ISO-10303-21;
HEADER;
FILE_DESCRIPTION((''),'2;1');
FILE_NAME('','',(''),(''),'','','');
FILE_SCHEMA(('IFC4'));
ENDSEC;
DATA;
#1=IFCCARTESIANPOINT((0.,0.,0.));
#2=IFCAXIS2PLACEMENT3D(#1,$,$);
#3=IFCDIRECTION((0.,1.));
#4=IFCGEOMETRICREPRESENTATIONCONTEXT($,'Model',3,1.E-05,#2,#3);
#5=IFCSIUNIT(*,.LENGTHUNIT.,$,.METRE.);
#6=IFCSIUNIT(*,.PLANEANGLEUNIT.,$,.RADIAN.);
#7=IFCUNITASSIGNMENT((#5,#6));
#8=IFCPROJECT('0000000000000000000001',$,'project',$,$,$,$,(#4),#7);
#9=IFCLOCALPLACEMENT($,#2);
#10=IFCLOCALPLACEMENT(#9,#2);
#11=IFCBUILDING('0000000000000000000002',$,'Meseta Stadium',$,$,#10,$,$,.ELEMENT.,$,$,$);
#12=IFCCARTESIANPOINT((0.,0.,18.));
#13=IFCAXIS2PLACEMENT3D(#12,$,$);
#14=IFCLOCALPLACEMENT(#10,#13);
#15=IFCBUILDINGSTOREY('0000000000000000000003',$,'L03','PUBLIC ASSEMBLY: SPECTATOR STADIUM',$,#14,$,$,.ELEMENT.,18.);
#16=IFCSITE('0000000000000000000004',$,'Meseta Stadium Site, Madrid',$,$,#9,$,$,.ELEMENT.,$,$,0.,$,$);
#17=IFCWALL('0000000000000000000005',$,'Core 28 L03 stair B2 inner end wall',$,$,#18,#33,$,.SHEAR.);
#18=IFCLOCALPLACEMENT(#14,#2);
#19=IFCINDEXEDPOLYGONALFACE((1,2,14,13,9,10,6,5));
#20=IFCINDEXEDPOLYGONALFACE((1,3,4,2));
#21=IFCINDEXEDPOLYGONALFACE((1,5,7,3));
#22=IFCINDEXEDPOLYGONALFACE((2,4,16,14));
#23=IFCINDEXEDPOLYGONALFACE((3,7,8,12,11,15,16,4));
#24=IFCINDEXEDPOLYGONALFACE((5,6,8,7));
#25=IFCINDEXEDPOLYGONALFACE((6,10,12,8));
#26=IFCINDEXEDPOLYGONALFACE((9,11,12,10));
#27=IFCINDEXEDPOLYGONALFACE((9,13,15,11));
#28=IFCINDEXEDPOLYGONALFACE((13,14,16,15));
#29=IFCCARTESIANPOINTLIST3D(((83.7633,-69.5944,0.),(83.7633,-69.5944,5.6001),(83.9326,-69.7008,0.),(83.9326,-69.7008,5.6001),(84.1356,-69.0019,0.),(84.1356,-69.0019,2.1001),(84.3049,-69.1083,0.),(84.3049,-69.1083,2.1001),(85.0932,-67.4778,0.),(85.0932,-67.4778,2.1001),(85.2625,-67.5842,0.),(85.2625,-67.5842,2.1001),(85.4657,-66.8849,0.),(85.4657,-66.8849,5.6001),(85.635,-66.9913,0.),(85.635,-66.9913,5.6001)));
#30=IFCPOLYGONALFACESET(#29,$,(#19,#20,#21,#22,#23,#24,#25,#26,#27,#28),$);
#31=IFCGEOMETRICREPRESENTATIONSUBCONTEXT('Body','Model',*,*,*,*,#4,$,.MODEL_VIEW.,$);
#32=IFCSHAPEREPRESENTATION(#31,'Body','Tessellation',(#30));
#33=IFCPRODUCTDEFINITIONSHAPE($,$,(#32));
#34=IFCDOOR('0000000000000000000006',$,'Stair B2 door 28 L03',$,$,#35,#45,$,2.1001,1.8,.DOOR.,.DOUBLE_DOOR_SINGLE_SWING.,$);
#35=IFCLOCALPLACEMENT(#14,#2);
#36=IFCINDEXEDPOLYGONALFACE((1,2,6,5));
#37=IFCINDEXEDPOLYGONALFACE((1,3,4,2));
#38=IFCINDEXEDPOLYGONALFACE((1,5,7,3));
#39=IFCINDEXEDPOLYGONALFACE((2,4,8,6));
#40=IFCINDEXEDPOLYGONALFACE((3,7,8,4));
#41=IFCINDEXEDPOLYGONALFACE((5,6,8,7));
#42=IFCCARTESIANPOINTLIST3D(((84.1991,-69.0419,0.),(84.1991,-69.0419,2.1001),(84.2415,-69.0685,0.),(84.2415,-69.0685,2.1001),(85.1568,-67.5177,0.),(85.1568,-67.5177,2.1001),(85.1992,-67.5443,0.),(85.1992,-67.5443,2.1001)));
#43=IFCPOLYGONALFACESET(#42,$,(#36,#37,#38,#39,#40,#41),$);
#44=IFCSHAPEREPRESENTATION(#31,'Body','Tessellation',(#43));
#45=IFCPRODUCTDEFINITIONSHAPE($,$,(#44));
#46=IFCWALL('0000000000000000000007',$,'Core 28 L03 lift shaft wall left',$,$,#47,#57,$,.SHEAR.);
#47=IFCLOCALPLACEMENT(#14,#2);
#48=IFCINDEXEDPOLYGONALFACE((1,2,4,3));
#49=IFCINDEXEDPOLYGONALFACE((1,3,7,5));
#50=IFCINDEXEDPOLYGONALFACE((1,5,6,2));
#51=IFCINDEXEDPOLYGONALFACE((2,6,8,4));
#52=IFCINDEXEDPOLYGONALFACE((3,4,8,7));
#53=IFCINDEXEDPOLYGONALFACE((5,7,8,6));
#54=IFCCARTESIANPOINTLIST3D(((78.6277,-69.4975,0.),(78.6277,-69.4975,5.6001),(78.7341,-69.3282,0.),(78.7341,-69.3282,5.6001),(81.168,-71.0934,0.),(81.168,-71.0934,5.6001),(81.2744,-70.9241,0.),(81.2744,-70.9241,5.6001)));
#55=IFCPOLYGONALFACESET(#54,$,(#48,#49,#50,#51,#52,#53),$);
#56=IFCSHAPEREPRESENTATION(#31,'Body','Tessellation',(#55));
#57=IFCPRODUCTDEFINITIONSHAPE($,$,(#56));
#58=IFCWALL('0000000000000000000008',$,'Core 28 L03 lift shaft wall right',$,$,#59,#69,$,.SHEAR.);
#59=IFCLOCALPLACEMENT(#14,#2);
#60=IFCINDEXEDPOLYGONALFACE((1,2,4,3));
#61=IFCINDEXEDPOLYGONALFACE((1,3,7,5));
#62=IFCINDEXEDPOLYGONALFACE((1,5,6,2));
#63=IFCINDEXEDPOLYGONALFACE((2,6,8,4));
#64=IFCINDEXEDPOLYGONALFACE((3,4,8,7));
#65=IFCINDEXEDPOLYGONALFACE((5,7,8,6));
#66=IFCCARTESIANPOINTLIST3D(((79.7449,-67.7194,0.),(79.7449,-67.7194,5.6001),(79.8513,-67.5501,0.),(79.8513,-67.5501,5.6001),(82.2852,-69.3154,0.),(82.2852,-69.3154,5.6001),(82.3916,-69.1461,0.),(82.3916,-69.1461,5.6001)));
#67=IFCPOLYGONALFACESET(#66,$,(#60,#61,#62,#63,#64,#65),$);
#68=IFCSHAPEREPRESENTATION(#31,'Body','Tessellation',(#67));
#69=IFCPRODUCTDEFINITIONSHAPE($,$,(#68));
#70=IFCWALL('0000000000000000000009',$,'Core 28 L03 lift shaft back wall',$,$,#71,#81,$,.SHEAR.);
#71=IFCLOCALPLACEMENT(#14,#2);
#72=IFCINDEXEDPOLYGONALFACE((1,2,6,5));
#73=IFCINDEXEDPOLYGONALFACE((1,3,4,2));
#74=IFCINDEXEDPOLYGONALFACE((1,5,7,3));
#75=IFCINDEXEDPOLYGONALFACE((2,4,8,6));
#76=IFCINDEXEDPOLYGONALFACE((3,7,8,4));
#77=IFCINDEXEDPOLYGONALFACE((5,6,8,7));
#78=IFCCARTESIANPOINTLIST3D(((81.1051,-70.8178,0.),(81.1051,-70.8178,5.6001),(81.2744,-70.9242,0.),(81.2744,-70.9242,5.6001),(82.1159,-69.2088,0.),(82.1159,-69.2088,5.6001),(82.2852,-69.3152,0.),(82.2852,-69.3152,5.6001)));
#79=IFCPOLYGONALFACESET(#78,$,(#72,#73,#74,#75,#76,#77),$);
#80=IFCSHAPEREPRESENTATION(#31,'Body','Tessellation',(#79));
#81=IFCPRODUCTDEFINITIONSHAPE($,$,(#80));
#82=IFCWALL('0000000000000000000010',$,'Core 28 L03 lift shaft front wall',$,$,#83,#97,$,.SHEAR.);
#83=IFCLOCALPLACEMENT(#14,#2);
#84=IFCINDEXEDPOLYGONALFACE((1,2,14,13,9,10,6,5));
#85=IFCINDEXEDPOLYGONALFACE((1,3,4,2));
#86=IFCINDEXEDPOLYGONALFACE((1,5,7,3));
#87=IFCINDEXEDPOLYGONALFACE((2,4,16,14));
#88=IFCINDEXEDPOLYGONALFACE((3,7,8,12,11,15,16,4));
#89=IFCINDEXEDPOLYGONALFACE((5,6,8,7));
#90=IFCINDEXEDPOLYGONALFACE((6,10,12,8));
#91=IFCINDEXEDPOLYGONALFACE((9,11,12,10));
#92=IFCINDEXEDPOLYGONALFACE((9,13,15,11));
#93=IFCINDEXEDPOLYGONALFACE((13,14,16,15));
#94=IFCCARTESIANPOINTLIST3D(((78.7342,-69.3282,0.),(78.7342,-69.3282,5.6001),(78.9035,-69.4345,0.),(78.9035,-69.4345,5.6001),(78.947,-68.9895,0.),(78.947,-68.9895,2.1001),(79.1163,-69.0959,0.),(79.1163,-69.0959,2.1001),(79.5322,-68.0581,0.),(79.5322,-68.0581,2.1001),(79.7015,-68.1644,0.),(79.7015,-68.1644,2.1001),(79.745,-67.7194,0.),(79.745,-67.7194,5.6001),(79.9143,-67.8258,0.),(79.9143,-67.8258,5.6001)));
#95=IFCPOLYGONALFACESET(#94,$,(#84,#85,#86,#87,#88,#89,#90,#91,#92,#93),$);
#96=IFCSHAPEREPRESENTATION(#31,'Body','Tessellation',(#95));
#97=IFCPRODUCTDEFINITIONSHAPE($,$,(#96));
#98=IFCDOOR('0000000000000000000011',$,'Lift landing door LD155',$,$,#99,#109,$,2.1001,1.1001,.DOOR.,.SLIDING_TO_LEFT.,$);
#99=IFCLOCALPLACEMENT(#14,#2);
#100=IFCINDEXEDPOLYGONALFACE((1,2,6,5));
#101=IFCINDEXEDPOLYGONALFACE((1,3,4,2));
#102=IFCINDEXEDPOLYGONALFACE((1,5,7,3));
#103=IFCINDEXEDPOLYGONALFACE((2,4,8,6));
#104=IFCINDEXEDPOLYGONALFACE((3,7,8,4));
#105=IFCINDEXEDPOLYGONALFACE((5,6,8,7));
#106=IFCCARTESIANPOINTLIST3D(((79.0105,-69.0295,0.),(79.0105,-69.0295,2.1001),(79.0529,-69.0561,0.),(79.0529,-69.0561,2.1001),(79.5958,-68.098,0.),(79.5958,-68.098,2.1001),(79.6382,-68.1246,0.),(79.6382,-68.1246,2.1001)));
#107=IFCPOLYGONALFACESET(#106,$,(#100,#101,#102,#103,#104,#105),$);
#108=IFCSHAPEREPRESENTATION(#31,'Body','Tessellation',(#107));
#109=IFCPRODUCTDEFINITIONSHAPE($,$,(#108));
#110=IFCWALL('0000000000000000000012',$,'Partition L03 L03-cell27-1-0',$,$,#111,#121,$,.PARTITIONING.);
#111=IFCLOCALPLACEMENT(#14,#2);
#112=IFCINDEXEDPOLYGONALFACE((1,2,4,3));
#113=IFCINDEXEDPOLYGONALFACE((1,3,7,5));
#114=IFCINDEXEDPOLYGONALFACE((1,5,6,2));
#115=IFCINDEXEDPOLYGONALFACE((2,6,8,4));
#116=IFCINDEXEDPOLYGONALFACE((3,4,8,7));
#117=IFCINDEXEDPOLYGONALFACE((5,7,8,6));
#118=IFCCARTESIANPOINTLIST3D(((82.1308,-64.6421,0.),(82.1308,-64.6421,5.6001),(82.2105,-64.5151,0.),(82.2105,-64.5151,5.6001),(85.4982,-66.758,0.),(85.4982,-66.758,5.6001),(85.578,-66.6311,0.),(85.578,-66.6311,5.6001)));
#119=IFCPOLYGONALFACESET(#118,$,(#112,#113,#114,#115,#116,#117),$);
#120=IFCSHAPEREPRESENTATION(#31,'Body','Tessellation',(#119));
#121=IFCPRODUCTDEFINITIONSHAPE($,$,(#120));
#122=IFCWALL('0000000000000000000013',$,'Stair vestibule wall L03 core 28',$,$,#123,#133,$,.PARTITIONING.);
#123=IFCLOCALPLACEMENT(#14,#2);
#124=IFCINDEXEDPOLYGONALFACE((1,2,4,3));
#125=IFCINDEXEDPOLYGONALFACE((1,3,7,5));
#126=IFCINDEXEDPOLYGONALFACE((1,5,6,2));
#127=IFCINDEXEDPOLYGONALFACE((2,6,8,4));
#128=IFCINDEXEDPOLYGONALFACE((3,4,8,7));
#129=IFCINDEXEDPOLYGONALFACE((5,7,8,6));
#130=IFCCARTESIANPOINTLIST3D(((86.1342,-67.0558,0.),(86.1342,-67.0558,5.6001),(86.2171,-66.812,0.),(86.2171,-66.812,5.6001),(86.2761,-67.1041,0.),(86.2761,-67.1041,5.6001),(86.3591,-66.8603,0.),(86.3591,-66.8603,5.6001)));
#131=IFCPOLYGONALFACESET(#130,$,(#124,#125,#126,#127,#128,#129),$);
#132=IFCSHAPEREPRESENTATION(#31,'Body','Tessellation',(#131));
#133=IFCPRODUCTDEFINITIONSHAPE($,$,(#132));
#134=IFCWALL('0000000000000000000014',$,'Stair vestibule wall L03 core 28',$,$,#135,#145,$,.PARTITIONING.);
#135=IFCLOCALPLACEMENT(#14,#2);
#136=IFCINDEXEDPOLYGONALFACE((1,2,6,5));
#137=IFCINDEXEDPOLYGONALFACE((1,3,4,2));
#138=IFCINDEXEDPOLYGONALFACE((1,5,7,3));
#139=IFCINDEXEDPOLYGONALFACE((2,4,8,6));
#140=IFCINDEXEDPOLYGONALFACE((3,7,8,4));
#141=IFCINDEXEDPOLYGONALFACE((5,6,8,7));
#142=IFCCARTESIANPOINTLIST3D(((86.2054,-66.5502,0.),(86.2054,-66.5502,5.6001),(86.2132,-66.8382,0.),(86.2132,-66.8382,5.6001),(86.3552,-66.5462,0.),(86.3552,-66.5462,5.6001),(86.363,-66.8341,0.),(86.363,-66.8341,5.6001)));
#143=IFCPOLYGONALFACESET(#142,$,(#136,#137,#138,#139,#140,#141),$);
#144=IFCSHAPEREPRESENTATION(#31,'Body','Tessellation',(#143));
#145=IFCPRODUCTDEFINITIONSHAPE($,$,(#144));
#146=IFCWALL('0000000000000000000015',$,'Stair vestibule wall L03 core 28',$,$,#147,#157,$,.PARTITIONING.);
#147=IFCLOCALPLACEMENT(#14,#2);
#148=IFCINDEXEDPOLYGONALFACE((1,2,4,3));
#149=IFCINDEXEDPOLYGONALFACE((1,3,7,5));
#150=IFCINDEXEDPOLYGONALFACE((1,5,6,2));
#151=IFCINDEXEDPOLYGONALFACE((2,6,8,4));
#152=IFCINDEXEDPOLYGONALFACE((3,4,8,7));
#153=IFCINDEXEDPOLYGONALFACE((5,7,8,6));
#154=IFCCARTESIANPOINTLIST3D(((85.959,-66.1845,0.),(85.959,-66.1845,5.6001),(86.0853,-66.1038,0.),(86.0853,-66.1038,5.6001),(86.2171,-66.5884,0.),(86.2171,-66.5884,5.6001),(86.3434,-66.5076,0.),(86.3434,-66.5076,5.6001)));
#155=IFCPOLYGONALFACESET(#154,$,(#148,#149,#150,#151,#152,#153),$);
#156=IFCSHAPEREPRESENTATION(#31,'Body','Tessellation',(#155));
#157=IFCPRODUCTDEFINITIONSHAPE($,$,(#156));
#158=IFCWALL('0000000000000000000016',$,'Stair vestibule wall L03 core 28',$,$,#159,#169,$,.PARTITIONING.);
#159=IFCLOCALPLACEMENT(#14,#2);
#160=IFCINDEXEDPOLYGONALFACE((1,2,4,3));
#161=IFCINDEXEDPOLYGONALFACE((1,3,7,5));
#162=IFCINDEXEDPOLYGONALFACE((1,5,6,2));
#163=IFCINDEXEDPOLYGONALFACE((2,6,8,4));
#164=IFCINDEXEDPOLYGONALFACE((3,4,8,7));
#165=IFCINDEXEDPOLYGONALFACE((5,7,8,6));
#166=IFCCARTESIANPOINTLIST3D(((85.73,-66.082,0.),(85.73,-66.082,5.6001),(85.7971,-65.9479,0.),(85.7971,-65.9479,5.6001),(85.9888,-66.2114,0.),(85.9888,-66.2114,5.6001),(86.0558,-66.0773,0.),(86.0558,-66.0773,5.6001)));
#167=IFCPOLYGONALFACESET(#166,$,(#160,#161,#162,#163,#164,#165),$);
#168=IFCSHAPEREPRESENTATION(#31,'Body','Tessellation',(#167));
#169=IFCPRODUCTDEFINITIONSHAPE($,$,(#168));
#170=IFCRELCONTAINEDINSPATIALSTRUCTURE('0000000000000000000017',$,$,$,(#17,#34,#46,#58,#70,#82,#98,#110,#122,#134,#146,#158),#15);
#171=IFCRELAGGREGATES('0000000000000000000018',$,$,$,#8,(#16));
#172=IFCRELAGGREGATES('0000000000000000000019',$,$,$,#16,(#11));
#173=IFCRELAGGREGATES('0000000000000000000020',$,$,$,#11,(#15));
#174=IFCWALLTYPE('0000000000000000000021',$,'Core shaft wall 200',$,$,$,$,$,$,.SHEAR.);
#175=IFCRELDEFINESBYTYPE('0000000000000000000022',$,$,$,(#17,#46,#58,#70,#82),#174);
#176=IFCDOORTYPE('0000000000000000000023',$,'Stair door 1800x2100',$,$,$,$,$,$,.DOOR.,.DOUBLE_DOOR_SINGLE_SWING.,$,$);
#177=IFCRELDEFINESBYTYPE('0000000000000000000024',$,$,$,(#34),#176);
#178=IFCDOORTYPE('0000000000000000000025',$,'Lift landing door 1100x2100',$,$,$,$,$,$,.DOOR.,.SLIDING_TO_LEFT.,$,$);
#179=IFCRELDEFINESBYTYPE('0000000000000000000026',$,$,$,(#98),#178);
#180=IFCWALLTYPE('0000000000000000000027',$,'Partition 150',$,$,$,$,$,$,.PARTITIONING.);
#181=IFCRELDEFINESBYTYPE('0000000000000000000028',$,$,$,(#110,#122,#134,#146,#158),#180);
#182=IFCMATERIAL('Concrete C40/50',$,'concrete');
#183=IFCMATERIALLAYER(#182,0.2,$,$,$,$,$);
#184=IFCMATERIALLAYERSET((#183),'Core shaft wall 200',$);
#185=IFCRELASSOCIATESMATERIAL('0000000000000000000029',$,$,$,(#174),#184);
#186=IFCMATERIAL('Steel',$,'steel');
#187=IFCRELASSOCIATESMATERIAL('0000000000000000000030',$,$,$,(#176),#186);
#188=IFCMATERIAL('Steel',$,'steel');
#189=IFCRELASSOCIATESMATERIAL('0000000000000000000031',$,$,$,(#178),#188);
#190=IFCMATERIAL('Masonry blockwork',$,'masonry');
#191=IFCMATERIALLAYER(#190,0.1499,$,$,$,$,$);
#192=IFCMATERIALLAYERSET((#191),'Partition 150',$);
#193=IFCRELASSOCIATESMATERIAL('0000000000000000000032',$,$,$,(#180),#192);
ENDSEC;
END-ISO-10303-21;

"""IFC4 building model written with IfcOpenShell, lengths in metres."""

from ifc_helpers import new_model, si_unit, direction, frame, frame_2d, origin, place, context, subcontext, project, spatial, rectangle, extrude, material, layer, layer_set, type_object, element, fill, save


model = new_model("IFC4")

# Units and contexts
model_context = context("Model", 3, precision=1e-05, world=origin(), true_north=direction((0.0, 1.0)))
body_context = subcontext(model_context, "Body", "Model", "MODEL_VIEW")
ifc_project = project(units=[si_unit("LENGTHUNIT", "METRE"), si_unit("PLANEANGLEUNIT", "RADIAN")], contexts=[model_context])

# Site, building, storey
site_placement = place(None, origin())
site = spatial("IfcSite", under=ifc_project, at=site_placement, Name="Meseta Stadium Site, Madrid", CompositionType="ELEMENT", RefElevation=0.0)
building_placement = place(site_placement, origin())
building = spatial("IfcBuilding", under=site, at=building_placement, Name="Meseta Stadium", CompositionType="ELEMENT")
storey_placement = place(building_placement, frame((0.0, 0.0, 18.0)))
storey = spatial("IfcBuildingStorey", under=building, at=storey_placement, Name="L03", Description="PUBLIC ASSEMBLY: SPECTATOR STADIUM", CompositionType="ELEMENT", Elevation=18.0)

# Wall, opening, door
ifc_material_1 = material(Name="Concrete C40/50", Category="concrete")
ifc_layer_1 = layer(ifc_material_1, 0.2)
ifc_layer_set_1 = layer_set([ifc_layer_1], Name="Core shaft wall 200")
wall_type_1 = type_object("IfcWallType", Name="Core shaft wall 200", PredefinedType="SHEAR", material=ifc_layer_set_1)
wall_1_placement = place(storey_placement, frame((83.8479, -69.6477, 0.0), z_axis=(0.0, 0.0, 1.0), x_axis=(0.532014, 0.846736, 0.0)))
wall_1 = element("IfcWall", 1, at=wall_1_placement, inside=storey, type_object=wall_type_1, Name="Core 28 L03 stair B2 inner end wall", PredefinedType="SHEAR", context=body_context, shape_type="SweptSolid", body=[
    extrude(rectangle(XDim=3.2, YDim=0.2, at=frame_2d((1.6001, 0.0))), origin(), (0.0, 0.0, 1.0), 5.6001),
])
opening_1_placement = place(wall_1_placement, frame((0.7, 0.0, 0.0)))
opening_1 = element("IfcOpeningElement", 2, at=opening_1_placement, cuts=wall_1, PredefinedType="OPENING", context=body_context, shape_type="SweptSolid", body=[
    extrude(rectangle(XDim=1.8, YDim=2.1001, at=frame_2d((0.8999, 1.05))), frame((0.0, 0.1099, 0.0), z_axis=(0.0, -1.0, 0.0), x_axis=(1.0, 0.0, 0.0)), (0.0, 0.0, 1.0), 0.22),
])
ifc_material_2 = material(Name="Steel", Category="steel")
door_type_1 = type_object("IfcDoorType", Name="Stair door 1800x2100", OperationType="DOUBLE_DOOR_SINGLE_SWING", PredefinedType="DOOR", material=ifc_material_2)
door_1_placement = place(opening_1_placement, origin())
door_1 = element("IfcDoor", 3, at=door_1_placement, inside=storey, type_object=door_type_1, Name="Stair B2 door 28 L03", OperationType="DOUBLE_DOOR_SINGLE_SWING", OverallHeight=2.1001, OverallWidth=1.8, PredefinedType="DOOR", context=body_context, shape_type="SweptSolid", body=[
    extrude(rectangle(XDim=1.8, YDim=2.1001, at=frame_2d((0.8999, 1.05))), frame((0.0, 0.0249, 0.0), z_axis=(0.0, -1.0, 0.0), x_axis=(1.0, 0.0, 0.0)), (0.0, 0.0, 1.0), 0.05),
])
fill(opening_1, door_1)

# Walls
for number, where, z_axis, x_axis, name in (
    (4, (81.2212, -71.0088, 0.0), (0.0, 0.0, 1.0), (-0.846757, 0.53198, 0.0), "Core 28 L03 lift shaft wall left"),
    (5, (82.3384, -69.2307, 0.0), (0.0, 0.0, 1.0), (-0.846757, 0.53198, 0.0), "Core 28 L03 lift shaft wall right"),
):
    element("IfcWall", number, at=place(storey_placement, frame(where, z_axis=z_axis, x_axis=x_axis)), inside=storey, type_object=wall_type_1, Name=name, PredefinedType="SHEAR", context=body_context, shape_type="SweptSolid", body=[
        extrude(rectangle(XDim=3.0, YDim=0.2, at=frame_2d((1.5, 0.0))), origin(), (0.0, 0.0, 1.0), 5.6001),
    ])
wall_2_placement = place(storey_placement, frame((81.1897, -70.8711, 0.0), z_axis=(0.0, 0.0, 1.0), x_axis=(0.531961, 0.846769, 0.0)))
element("IfcWall", 6, at=wall_2_placement, inside=storey, type_object=wall_type_1, Name="Core 28 L03 lift shaft back wall", PredefinedType="SHEAR", context=body_context, shape_type="SweptSolid", body=[
    extrude(rectangle(XDim=1.9001, YDim=0.2, at=frame_2d((0.9502, 0.0))), origin(), (0.0, 0.0, 1.0), 5.6001),
])

# Wall, opening, door
wall_3_placement = place(storey_placement, frame((78.8188, -69.3813, 0.0), z_axis=(0.0, 0.0, 1.0), x_axis=(0.532019, 0.846732, 0.0)))
wall_3 = element("IfcWall", 7, at=wall_3_placement, inside=storey, type_object=wall_type_1, Name="Core 28 L03 lift shaft front wall", PredefinedType="SHEAR", context=body_context, shape_type="SweptSolid", body=[
    extrude(rectangle(XDim=1.8999, YDim=0.2, at=frame_2d((0.95, 0.0))), origin(), (0.0, 0.0, 1.0), 5.6001),
])
opening_2_placement = place(wall_3_placement, frame((0.3999, 0.0, 0.0)))
opening_2 = element("IfcOpeningElement", 8, at=opening_2_placement, cuts=wall_3, PredefinedType="OPENING", context=body_context, shape_type="SweptSolid", body=[
    extrude(rectangle(XDim=1.1001, YDim=2.1001, at=frame_2d((0.55, 1.05))), frame((0.0, 0.1099, 0.0), z_axis=(0.0, -1.0, 0.0), x_axis=(1.0, 0.0, 0.0)), (0.0, 0.0, 1.0), 0.22),
])
ifc_material_3 = material(Name="Steel", Category="steel")
door_type_2 = type_object("IfcDoorType", Name="Lift landing door 1100x2100", OperationType="SLIDING_TO_LEFT", PredefinedType="DOOR", material=ifc_material_3)
door_2_placement = place(opening_2_placement, origin())
door_2 = element("IfcDoor", 9, at=door_2_placement, inside=storey, type_object=door_type_2, Name="Lift landing door LD155", OperationType="SLIDING_TO_LEFT", OverallHeight=2.1001, OverallWidth=1.1001, PredefinedType="DOOR", context=body_context, shape_type="SweptSolid", body=[
    extrude(rectangle(XDim=1.1001, YDim=2.1001, at=frame_2d((0.55, 1.05))), frame((0.0, 0.0249, 0.0), z_axis=(0.0, -1.0, 0.0), x_axis=(1.0, 0.0, 0.0)), (0.0, 0.0, 1.0), 0.05),
])
fill(opening_2, door_2)

# Walls
ifc_material_4 = material(Name="Masonry blockwork", Category="masonry")
ifc_layer_2 = layer(ifc_material_4, 0.1499)
ifc_layer_set_2 = layer_set([ifc_layer_2], Name="Partition 150")
wall_type_2 = type_object("IfcWallType", Name="Partition 150", PredefinedType="PARTITIONING", material=ifc_layer_set_2)
wall_4_placement = place(storey_placement, frame((85.5381, -66.6946, 0.0), z_axis=(0.0, 0.0, 1.0), x_axis=(-0.846716, 0.532045, 0.0)))
element("IfcWall", 10, at=wall_4_placement, inside=storey, type_object=wall_type_2, Name="Partition L03 L03-cell27-1-0", PredefinedType="PARTITIONING", context=body_context, shape_type="SweptSolid", body=[
    extrude(rectangle(XDim=3.9771, YDim=0.1499, at=frame_2d((1.9885, 0.0))), origin(), (0.0, 0.0, 1.0), 5.6001),
])
wall_5_placement = place(storey_placement, frame((86.2051, -67.0801, 0.0), z_axis=(0.0, 0.0, 1.0), x_axis=(0.322192, 0.946675, 0.0)))
element("IfcWall", 11, at=wall_5_placement, inside=storey, type_object=wall_type_2, Name="Stair vestibule wall L03 core 28", PredefinedType="PARTITIONING", context=body_context, shape_type="SweptSolid", body=[
    extrude(rectangle(XDim=0.2576, YDim=0.1499, at=frame_2d((0.1289, 0.0))), origin(), (0.0, 0.0, 1.0), 5.6001),
])
wall_6_placement = place(storey_placement, frame((86.2881, -66.8362, 0.0), z_axis=(0.0, 0.0, 1.0), x_axis=(-0.027109, 0.999632, 0.0)))
element("IfcWall", 12, at=wall_6_placement, inside=storey, type_object=wall_type_2, Name="Stair vestibule wall L03 core 28", PredefinedType="PARTITIONING", context=body_context, shape_type="SweptSolid", body=[
    extrude(rectangle(XDim=0.2881, YDim=0.1499, at=frame_2d((0.144, 0.0))), origin(), (0.0, 0.0, 1.0), 5.6001),
])
wall_7_placement = place(storey_placement, frame((86.2803, -66.5481, 0.0), z_axis=(0.0, 0.0, 1.0), x_axis=(-0.53849, 0.842632, 0.0)))
element("IfcWall", 13, at=wall_7_placement, inside=storey, type_object=wall_type_2, Name="Stair vestibule wall L03 core 28", PredefinedType="PARTITIONING", context=body_context, shape_type="SweptSolid", body=[
    extrude(rectangle(XDim=0.4792, YDim=0.1499, at=frame_2d((0.2397, 0.0))), origin(), (0.0, 0.0, 1.0), 5.6001),
])
wall_8_placement = place(storey_placement, frame((86.0222, -66.1443, 0.0), z_axis=(0.0, 0.0, 1.0), x_axis=(-0.894427, 0.447214, 0.0)))
element("IfcWall", 14, at=wall_8_placement, inside=storey, type_object=wall_type_2, Name="Stair vestibule wall L03 core 28", PredefinedType="PARTITIONING", context=body_context, shape_type="SweptSolid", body=[
    extrude(rectangle(XDim=0.2893, YDim=0.1499, at=frame_2d((0.1445, 0.0))), origin(), (0.0, 0.0, 1.0), 5.6001),
])

save(model, "model.ifc")
